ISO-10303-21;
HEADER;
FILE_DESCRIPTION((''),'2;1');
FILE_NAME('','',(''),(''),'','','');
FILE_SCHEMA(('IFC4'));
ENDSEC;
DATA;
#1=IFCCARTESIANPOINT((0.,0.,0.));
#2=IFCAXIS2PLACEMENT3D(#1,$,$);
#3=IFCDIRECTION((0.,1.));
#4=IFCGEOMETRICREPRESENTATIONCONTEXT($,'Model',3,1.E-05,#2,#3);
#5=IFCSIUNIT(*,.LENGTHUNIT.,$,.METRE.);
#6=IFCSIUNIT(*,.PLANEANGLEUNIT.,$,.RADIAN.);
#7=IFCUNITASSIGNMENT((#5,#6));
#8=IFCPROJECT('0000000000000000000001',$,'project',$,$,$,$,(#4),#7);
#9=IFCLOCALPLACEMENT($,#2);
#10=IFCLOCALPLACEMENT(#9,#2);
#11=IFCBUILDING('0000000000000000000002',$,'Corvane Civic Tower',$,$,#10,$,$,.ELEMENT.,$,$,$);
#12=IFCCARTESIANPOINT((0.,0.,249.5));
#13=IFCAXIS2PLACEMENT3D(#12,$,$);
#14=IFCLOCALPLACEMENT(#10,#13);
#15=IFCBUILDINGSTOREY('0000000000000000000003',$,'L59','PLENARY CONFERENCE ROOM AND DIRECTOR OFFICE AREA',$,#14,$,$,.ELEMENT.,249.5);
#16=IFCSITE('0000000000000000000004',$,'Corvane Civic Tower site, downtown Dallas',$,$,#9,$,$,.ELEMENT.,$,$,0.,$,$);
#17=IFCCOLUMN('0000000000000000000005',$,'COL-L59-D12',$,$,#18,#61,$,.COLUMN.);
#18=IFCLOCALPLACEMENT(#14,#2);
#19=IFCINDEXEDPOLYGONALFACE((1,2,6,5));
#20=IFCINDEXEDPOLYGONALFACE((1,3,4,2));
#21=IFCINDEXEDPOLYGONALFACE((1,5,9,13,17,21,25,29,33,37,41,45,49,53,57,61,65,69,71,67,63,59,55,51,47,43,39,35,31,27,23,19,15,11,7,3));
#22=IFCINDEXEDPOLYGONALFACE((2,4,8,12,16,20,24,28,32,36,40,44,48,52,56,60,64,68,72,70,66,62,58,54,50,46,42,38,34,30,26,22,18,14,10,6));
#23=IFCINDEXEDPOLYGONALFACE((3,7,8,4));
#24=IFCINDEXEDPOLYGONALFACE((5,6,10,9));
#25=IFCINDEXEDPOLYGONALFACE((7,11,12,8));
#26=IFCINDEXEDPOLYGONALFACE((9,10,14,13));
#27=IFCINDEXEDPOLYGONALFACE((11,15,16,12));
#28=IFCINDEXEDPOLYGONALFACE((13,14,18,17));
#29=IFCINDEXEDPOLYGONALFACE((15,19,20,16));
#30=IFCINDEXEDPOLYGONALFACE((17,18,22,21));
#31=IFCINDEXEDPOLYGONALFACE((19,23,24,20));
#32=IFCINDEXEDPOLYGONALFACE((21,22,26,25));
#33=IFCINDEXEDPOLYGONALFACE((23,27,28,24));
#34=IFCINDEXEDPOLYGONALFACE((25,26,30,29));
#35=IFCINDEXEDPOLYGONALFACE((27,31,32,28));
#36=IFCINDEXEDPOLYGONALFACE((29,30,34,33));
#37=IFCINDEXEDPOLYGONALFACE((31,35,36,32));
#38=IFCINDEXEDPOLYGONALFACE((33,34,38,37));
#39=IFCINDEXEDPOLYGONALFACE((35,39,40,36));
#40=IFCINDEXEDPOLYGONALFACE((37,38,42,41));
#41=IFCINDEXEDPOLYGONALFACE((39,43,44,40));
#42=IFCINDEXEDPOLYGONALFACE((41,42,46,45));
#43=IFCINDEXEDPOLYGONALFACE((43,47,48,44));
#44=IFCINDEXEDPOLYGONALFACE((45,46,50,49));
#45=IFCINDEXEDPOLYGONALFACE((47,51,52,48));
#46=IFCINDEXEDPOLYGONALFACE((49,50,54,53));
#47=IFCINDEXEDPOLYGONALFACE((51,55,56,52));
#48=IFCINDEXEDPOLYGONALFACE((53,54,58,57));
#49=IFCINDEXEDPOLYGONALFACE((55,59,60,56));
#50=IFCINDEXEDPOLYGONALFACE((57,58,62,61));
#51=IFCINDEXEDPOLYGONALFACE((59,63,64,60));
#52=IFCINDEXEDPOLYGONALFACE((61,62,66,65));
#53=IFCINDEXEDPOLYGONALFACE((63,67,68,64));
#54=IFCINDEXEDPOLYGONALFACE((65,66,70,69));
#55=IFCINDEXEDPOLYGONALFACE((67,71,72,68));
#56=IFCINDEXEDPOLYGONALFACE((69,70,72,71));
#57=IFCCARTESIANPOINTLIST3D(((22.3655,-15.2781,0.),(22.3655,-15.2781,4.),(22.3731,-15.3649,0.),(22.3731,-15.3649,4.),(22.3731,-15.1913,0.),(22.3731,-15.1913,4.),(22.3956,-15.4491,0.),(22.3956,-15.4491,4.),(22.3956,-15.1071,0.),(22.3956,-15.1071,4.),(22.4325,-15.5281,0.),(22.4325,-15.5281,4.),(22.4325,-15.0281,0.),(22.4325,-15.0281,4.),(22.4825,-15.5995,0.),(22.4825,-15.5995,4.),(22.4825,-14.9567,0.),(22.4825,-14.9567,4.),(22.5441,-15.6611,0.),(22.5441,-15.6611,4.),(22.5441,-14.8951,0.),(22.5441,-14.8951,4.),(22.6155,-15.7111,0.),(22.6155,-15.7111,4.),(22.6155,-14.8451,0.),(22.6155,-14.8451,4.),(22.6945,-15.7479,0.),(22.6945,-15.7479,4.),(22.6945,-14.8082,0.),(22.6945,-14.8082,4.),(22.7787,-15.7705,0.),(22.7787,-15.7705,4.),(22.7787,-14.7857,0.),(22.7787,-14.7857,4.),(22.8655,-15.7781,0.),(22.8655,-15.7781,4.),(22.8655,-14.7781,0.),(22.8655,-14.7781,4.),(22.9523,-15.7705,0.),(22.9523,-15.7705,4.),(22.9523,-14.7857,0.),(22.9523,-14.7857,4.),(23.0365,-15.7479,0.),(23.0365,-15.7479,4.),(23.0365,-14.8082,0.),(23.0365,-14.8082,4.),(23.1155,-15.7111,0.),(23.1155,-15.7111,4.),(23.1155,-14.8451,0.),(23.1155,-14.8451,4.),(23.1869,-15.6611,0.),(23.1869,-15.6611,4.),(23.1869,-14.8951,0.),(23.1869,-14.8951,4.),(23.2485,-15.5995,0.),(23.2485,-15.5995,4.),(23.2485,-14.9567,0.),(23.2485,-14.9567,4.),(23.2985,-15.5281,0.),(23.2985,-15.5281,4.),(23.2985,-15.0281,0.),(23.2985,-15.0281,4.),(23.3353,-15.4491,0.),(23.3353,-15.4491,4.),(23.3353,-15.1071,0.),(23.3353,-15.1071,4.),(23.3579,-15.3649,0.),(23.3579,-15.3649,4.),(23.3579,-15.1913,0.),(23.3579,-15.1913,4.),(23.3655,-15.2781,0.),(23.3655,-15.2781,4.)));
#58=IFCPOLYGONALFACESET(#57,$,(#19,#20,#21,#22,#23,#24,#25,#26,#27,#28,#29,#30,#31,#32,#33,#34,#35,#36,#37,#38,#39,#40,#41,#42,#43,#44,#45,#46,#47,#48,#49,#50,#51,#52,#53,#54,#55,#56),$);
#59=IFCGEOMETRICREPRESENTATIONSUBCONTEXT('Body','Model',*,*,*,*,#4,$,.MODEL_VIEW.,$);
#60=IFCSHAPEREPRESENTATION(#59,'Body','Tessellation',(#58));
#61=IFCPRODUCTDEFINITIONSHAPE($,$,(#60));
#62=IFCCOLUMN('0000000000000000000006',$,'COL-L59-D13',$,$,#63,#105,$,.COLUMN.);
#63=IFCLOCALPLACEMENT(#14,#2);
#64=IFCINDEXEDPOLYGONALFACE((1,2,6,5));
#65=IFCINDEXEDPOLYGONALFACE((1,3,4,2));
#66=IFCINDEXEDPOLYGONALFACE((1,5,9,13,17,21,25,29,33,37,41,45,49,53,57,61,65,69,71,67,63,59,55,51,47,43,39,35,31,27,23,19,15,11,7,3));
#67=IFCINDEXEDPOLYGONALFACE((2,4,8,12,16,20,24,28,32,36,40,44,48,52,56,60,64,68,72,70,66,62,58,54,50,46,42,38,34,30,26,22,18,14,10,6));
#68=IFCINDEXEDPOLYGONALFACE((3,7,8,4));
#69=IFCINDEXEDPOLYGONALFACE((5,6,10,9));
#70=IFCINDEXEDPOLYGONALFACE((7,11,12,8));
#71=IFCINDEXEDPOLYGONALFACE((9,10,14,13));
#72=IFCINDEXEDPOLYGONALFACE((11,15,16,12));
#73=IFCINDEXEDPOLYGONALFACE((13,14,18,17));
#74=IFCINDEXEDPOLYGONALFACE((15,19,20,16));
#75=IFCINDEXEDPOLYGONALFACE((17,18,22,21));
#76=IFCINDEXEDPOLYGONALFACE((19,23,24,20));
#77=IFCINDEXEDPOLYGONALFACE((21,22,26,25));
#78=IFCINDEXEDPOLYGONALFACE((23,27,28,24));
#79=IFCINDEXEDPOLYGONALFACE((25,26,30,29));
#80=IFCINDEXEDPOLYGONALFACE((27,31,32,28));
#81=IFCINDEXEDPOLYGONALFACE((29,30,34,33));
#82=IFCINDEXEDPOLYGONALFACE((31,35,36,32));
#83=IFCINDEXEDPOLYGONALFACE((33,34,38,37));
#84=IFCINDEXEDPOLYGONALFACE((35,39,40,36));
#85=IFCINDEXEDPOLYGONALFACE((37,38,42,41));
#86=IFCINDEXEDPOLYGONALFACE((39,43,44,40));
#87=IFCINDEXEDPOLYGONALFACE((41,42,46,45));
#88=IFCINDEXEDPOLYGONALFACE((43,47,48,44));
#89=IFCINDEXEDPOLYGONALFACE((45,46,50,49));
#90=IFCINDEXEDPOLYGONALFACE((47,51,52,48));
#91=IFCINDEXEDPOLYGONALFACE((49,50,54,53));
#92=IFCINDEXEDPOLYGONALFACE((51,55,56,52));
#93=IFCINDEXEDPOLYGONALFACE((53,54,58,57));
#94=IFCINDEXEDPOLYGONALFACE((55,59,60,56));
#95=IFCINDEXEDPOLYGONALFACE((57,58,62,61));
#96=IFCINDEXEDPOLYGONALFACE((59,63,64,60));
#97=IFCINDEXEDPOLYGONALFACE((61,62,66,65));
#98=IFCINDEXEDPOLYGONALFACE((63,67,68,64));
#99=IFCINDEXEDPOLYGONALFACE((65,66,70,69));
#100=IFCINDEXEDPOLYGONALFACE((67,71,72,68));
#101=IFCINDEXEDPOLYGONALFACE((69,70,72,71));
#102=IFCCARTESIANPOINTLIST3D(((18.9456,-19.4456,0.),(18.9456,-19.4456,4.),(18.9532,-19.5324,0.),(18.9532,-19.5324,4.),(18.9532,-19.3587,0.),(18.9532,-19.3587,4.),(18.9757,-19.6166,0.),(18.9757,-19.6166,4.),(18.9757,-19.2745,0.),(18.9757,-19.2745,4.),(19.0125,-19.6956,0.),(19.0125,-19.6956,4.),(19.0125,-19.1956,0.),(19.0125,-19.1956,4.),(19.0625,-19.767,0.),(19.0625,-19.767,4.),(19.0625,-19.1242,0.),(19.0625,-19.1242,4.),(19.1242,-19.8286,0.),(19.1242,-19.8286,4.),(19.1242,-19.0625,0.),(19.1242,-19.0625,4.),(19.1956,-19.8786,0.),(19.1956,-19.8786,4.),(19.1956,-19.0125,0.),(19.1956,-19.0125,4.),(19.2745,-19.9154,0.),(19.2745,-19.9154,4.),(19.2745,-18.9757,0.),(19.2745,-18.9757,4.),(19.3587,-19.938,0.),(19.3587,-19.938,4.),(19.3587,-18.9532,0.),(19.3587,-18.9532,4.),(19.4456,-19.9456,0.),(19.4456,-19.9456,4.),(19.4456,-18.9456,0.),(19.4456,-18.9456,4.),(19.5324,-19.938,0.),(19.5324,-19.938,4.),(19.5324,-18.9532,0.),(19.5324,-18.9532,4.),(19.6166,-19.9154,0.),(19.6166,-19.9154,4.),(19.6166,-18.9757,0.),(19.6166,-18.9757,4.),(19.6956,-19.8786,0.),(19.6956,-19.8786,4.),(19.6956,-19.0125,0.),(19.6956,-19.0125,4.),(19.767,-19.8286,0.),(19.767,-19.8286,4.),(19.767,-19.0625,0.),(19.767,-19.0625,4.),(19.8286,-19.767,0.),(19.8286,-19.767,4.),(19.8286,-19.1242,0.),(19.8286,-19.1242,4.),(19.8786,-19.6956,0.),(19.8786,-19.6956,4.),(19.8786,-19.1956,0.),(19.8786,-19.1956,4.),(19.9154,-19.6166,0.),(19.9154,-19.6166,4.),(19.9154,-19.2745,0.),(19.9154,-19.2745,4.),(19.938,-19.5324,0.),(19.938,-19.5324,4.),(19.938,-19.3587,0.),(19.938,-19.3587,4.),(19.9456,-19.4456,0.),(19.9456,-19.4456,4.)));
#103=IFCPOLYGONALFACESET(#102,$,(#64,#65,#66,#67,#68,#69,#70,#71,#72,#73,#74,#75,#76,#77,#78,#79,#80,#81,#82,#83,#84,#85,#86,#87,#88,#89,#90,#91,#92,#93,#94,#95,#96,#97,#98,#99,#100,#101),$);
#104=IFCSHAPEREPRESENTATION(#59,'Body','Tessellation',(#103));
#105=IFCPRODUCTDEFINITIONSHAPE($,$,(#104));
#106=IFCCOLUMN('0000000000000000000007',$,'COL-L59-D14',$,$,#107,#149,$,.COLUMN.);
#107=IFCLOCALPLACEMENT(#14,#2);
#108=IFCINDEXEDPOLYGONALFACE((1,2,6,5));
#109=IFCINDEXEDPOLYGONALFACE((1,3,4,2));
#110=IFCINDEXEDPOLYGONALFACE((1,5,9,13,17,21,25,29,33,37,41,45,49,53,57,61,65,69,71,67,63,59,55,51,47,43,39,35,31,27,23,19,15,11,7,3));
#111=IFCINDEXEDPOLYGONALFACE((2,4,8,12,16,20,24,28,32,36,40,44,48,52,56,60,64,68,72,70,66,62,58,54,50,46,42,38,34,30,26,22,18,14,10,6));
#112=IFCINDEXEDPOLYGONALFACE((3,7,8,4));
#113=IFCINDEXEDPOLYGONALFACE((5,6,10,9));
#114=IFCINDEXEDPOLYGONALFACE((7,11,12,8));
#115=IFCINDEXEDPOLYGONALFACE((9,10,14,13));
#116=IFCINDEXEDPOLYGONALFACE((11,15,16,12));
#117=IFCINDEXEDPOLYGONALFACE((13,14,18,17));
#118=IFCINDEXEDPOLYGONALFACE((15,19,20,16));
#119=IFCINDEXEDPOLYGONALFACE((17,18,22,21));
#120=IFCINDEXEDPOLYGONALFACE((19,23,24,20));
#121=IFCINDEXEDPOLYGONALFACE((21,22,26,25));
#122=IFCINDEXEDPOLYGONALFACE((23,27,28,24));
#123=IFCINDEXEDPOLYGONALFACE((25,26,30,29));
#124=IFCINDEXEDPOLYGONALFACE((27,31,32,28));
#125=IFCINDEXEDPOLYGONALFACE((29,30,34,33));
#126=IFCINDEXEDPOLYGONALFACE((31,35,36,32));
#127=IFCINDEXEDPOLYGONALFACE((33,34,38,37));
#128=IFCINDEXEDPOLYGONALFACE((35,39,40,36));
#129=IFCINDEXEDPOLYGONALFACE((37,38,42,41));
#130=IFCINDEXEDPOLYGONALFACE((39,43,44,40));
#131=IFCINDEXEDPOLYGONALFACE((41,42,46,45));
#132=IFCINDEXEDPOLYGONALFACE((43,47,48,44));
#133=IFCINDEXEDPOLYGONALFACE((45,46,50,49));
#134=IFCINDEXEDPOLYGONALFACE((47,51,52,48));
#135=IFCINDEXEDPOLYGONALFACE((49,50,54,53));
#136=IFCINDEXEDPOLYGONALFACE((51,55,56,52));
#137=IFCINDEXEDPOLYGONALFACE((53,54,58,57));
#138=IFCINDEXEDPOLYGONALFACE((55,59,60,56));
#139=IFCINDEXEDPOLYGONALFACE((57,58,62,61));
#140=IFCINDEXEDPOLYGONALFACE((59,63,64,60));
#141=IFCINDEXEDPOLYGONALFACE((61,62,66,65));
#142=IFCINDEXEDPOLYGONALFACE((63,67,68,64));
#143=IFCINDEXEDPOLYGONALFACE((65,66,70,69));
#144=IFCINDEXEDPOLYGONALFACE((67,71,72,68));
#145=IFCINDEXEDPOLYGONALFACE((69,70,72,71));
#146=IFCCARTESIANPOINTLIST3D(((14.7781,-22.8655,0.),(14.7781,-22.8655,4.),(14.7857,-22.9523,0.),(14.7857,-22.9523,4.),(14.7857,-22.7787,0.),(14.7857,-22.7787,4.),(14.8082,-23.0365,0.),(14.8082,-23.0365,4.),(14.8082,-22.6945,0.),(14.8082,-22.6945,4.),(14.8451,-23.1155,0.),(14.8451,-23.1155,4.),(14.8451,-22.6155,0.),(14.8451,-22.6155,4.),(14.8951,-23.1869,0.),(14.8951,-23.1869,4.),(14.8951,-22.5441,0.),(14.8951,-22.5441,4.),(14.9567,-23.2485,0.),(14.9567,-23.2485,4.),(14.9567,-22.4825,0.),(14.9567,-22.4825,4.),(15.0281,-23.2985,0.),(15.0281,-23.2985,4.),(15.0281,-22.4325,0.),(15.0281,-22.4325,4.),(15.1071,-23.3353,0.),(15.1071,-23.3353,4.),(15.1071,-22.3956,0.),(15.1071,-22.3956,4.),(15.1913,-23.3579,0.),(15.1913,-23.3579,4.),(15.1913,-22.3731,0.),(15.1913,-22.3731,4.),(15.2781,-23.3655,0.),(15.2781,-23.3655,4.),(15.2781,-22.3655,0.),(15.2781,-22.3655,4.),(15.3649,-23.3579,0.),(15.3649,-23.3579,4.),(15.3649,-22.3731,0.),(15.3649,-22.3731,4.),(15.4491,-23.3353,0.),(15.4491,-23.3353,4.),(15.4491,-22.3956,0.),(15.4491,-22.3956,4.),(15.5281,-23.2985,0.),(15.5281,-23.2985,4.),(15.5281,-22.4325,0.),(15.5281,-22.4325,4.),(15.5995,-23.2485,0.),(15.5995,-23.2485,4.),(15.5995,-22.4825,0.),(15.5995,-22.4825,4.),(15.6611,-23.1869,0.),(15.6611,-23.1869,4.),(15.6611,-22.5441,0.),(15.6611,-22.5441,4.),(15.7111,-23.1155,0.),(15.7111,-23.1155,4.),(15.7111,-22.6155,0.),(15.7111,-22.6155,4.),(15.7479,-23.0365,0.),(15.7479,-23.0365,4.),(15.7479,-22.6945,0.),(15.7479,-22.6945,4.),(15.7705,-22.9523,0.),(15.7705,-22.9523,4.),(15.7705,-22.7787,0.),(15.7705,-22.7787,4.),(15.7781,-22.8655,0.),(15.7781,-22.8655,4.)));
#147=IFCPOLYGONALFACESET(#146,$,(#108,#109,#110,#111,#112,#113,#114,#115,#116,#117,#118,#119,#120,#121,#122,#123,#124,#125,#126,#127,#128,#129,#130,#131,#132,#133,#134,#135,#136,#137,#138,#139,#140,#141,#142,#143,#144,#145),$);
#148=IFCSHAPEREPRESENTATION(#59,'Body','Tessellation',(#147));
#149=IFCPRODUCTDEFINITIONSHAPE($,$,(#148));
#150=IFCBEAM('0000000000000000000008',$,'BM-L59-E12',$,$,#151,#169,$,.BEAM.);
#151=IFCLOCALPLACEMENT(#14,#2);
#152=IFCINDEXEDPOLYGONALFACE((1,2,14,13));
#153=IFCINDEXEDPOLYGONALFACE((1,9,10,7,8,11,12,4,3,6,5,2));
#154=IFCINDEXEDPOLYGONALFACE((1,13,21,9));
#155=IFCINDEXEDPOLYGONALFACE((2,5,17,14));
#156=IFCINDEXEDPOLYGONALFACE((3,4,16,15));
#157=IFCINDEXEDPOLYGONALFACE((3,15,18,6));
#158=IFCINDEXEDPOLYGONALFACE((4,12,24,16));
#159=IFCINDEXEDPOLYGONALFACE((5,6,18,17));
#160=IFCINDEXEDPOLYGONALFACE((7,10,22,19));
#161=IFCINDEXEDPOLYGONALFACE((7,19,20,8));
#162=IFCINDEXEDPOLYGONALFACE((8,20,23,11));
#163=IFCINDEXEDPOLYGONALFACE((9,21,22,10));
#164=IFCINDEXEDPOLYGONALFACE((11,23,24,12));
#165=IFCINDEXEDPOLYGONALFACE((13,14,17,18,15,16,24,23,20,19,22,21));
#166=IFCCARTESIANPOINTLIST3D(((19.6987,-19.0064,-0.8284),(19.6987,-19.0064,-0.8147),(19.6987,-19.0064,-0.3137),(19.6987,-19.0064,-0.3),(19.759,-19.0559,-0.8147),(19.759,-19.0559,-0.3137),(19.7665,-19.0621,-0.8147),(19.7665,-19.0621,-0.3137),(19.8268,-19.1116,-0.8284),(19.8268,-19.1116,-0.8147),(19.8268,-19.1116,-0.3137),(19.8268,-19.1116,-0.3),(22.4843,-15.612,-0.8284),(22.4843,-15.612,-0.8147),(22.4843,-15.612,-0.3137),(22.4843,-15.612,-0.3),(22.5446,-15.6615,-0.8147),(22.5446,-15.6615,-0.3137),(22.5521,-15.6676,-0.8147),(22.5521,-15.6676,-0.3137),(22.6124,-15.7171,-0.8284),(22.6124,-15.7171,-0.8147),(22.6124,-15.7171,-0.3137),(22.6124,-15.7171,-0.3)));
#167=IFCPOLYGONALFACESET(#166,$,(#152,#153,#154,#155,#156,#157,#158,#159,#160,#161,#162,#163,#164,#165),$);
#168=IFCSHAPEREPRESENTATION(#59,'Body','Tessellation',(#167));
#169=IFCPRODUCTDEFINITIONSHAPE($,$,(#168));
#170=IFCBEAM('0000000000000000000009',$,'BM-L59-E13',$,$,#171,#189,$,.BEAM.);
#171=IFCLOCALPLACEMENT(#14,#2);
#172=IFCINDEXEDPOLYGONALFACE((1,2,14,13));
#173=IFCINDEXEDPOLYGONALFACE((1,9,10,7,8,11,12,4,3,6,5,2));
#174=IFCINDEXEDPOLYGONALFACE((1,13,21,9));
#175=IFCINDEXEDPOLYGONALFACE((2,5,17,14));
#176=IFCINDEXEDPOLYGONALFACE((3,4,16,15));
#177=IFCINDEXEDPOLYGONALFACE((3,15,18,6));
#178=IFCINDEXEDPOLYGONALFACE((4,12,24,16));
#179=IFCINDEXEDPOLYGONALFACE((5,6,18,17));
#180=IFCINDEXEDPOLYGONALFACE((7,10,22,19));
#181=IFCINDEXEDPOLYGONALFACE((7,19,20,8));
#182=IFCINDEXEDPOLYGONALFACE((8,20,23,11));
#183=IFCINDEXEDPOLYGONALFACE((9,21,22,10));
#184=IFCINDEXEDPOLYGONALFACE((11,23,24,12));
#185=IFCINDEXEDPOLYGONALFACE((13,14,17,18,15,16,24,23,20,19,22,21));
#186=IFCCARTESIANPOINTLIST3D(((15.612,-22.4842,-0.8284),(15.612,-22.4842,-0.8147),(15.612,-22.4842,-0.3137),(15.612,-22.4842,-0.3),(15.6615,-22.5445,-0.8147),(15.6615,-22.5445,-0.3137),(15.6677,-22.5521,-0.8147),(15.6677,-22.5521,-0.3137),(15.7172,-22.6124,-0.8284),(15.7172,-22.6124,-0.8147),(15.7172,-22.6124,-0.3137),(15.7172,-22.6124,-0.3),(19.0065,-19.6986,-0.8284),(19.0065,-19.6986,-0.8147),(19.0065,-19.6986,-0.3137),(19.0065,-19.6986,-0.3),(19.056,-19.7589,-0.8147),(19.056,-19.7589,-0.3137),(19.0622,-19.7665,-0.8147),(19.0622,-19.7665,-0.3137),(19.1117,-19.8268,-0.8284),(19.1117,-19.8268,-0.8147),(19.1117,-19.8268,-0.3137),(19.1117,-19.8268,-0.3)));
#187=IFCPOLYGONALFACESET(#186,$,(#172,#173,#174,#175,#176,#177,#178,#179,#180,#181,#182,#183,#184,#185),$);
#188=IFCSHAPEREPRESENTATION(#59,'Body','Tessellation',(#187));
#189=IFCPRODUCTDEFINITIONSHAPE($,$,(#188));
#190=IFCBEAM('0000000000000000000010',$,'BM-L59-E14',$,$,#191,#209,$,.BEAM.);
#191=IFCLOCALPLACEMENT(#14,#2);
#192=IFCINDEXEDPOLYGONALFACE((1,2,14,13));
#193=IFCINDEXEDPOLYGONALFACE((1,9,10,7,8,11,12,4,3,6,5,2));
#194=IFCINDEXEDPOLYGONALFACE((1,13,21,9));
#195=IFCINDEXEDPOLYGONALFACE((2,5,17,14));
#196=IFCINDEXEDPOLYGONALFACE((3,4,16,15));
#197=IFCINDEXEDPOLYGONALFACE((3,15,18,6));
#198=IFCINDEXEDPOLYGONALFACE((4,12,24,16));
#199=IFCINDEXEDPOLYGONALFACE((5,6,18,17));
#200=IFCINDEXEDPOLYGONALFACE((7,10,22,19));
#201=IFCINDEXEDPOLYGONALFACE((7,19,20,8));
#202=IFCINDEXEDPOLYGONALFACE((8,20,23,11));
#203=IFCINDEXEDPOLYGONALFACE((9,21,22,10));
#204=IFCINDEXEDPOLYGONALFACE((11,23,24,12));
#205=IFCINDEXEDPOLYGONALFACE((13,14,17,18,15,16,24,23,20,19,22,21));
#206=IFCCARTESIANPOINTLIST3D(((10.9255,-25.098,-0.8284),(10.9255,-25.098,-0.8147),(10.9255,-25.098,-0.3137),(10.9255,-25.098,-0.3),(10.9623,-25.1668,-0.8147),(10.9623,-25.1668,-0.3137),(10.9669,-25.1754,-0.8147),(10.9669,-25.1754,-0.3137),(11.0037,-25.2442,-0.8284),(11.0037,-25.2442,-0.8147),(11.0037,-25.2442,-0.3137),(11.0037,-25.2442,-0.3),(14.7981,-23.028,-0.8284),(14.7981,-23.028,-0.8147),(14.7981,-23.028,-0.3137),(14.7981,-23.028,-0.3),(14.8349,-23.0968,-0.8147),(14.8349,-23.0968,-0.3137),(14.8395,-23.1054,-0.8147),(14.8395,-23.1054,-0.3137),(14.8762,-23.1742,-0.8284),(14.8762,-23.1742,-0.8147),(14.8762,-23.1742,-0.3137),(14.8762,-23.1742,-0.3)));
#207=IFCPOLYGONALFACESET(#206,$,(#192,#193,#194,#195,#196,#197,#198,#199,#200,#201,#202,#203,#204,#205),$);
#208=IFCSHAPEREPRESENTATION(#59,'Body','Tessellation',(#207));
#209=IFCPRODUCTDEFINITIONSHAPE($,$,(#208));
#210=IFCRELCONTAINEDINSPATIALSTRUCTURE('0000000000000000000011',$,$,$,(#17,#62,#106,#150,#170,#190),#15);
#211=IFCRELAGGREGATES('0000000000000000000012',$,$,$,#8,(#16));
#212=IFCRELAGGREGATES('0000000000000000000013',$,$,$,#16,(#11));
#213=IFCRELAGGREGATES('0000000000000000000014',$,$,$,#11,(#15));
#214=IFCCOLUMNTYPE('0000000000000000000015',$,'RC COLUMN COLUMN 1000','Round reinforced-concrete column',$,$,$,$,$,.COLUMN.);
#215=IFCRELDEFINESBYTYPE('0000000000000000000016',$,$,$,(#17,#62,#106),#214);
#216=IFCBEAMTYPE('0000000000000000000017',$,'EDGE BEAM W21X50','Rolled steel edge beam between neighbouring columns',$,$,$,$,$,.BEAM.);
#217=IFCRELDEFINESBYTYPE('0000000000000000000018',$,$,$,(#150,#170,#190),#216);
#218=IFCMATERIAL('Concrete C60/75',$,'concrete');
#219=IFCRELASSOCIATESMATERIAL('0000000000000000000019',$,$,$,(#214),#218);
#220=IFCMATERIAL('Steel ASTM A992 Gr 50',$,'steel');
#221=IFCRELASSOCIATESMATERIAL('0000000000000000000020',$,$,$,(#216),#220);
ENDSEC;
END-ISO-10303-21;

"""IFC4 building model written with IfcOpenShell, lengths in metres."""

from ifc_helpers import new_model, si_unit, direction, frame, origin, origin_2d, place, context, subcontext, project, spatial, circle, i_section, extrude, material, material_profile, profile_set, type_object, element, save


model = new_model("IFC4")

# Units and contexts
model_context = context("Model", 3, precision=1e-05, world=origin(), true_north=direction((0.0, 1.0)))
body_context = subcontext(model_context, "Body", "Model", "MODEL_VIEW")
ifc_project = project(units=[si_unit("LENGTHUNIT", "METRE"), si_unit("PLANEANGLEUNIT", "RADIAN")], contexts=[model_context])

# Site, building, storey
site_placement = place(None, origin())
site = spatial("IfcSite", under=ifc_project, at=site_placement, Name="Corvane Civic Tower site, downtown Dallas", CompositionType="ELEMENT", RefElevation=0.0)
building_placement = place(site_placement, origin())
building = spatial("IfcBuilding", under=site, at=building_placement, Name="Corvane Civic Tower", CompositionType="ELEMENT")
storey_placement = place(building_placement, frame((0.0, 0.0, 249.5)))
storey = spatial("IfcBuildingStorey", under=building, at=storey_placement, Name="L59", Description="PLENARY CONFERENCE ROOM AND DIRECTOR OFFICE AREA", CompositionType="ELEMENT", Elevation=249.5)

# Columns
ifc_material_1 = material(Name="Concrete C60/75", Category="concrete")
ifc_material_profile_1 = material_profile(ifc_material_1, circle(Radius=0.5, at=origin_2d()), Name="COLUMN 1000")
ifc_profile_set_1 = profile_set([ifc_material_profile_1], Name="Concrete C60/75")
column_type = type_object("IfcColumnType", Name="RC COLUMN COLUMN 1000", Description="Round reinforced-concrete column", PredefinedType="COLUMN", material=ifc_profile_set_1)
for number, where, z_axis, x_axis, name in (
    (1, (22.8655, -15.2781, 0.0), (0.0, 0.0, 1.0), (1.0, 0.0, 0.0), "COL-L59-D12"),
    (2, (19.4456, -19.4456, 0.0), (0.0, 0.0, 1.0), (1.0, 0.0, 0.0), "COL-L59-D13"),
    (3, (15.2781, -22.8655, 0.0), (0.0, 0.0, 1.0), (1.0, 0.0, 0.0), "COL-L59-D14"),
):
    element("IfcColumn", number, at=place(storey_placement, frame(where, z_axis=z_axis, x_axis=x_axis)), inside=storey, type_object=column_type, Name=name, PredefinedType="COLUMN", context=body_context, shape_type="SweptSolid", body=[
        extrude(circle(Radius=0.5, at=origin_2d()), origin(), (0.0, 0.0, 1.0), 4.0),
    ])

# Beams
ifc_material_2 = material(Name="Steel ASTM A992 Gr 50", Category="steel")
ifc_material_profile_2 = material_profile(ifc_material_2, i_section(OverallWidth=0.1658, OverallDepth=0.5283, WebThickness=0.0098, FlangeThickness=0.0137, at=origin_2d()), Name="W21X50")
ifc_profile_set_2 = profile_set([ifc_material_profile_2], Name="Steel ASTM A992 Gr 50")
beam_type_1 = type_object("IfcBeamType", Name="EDGE BEAM W21X50", Description="Rolled steel edge beam between neighbouring columns", PredefinedType="BEAM", material=ifc_profile_set_2)
for number, where, z_axis, x_axis, name in (
    (4, (22.5483, -15.6646, -0.5642), (-0.634369, -0.77303, 0.0), (0.77303, -0.634369, 0.0), "BM-L59-E12"),
    (5, (19.0591, -19.7627, -0.5642), (-0.77303, -0.634369, 0.0), (0.634369, -0.77303, 0.0), "BM-L59-E13"),
    (6, (14.8372, -23.1011, -0.5642), (-0.881908, -0.471422, 0.0), (0.471422, -0.881908, 0.0), "BM-L59-E14"),
):
    element("IfcBeam", number, at=place(storey_placement, frame(where, z_axis=z_axis, x_axis=x_axis)), inside=storey, type_object=beam_type_1, Name=name, PredefinedType="BEAM", context=body_context, shape_type="SweptSolid", body=[
        extrude(i_section(OverallWidth=0.1658, OverallDepth=0.5283, WebThickness=0.0098, FlangeThickness=0.0137, at=origin_2d()), origin(), (0.0, 0.0, 1.0), 4.3911),
    ])

save(model, "model.ifc")
